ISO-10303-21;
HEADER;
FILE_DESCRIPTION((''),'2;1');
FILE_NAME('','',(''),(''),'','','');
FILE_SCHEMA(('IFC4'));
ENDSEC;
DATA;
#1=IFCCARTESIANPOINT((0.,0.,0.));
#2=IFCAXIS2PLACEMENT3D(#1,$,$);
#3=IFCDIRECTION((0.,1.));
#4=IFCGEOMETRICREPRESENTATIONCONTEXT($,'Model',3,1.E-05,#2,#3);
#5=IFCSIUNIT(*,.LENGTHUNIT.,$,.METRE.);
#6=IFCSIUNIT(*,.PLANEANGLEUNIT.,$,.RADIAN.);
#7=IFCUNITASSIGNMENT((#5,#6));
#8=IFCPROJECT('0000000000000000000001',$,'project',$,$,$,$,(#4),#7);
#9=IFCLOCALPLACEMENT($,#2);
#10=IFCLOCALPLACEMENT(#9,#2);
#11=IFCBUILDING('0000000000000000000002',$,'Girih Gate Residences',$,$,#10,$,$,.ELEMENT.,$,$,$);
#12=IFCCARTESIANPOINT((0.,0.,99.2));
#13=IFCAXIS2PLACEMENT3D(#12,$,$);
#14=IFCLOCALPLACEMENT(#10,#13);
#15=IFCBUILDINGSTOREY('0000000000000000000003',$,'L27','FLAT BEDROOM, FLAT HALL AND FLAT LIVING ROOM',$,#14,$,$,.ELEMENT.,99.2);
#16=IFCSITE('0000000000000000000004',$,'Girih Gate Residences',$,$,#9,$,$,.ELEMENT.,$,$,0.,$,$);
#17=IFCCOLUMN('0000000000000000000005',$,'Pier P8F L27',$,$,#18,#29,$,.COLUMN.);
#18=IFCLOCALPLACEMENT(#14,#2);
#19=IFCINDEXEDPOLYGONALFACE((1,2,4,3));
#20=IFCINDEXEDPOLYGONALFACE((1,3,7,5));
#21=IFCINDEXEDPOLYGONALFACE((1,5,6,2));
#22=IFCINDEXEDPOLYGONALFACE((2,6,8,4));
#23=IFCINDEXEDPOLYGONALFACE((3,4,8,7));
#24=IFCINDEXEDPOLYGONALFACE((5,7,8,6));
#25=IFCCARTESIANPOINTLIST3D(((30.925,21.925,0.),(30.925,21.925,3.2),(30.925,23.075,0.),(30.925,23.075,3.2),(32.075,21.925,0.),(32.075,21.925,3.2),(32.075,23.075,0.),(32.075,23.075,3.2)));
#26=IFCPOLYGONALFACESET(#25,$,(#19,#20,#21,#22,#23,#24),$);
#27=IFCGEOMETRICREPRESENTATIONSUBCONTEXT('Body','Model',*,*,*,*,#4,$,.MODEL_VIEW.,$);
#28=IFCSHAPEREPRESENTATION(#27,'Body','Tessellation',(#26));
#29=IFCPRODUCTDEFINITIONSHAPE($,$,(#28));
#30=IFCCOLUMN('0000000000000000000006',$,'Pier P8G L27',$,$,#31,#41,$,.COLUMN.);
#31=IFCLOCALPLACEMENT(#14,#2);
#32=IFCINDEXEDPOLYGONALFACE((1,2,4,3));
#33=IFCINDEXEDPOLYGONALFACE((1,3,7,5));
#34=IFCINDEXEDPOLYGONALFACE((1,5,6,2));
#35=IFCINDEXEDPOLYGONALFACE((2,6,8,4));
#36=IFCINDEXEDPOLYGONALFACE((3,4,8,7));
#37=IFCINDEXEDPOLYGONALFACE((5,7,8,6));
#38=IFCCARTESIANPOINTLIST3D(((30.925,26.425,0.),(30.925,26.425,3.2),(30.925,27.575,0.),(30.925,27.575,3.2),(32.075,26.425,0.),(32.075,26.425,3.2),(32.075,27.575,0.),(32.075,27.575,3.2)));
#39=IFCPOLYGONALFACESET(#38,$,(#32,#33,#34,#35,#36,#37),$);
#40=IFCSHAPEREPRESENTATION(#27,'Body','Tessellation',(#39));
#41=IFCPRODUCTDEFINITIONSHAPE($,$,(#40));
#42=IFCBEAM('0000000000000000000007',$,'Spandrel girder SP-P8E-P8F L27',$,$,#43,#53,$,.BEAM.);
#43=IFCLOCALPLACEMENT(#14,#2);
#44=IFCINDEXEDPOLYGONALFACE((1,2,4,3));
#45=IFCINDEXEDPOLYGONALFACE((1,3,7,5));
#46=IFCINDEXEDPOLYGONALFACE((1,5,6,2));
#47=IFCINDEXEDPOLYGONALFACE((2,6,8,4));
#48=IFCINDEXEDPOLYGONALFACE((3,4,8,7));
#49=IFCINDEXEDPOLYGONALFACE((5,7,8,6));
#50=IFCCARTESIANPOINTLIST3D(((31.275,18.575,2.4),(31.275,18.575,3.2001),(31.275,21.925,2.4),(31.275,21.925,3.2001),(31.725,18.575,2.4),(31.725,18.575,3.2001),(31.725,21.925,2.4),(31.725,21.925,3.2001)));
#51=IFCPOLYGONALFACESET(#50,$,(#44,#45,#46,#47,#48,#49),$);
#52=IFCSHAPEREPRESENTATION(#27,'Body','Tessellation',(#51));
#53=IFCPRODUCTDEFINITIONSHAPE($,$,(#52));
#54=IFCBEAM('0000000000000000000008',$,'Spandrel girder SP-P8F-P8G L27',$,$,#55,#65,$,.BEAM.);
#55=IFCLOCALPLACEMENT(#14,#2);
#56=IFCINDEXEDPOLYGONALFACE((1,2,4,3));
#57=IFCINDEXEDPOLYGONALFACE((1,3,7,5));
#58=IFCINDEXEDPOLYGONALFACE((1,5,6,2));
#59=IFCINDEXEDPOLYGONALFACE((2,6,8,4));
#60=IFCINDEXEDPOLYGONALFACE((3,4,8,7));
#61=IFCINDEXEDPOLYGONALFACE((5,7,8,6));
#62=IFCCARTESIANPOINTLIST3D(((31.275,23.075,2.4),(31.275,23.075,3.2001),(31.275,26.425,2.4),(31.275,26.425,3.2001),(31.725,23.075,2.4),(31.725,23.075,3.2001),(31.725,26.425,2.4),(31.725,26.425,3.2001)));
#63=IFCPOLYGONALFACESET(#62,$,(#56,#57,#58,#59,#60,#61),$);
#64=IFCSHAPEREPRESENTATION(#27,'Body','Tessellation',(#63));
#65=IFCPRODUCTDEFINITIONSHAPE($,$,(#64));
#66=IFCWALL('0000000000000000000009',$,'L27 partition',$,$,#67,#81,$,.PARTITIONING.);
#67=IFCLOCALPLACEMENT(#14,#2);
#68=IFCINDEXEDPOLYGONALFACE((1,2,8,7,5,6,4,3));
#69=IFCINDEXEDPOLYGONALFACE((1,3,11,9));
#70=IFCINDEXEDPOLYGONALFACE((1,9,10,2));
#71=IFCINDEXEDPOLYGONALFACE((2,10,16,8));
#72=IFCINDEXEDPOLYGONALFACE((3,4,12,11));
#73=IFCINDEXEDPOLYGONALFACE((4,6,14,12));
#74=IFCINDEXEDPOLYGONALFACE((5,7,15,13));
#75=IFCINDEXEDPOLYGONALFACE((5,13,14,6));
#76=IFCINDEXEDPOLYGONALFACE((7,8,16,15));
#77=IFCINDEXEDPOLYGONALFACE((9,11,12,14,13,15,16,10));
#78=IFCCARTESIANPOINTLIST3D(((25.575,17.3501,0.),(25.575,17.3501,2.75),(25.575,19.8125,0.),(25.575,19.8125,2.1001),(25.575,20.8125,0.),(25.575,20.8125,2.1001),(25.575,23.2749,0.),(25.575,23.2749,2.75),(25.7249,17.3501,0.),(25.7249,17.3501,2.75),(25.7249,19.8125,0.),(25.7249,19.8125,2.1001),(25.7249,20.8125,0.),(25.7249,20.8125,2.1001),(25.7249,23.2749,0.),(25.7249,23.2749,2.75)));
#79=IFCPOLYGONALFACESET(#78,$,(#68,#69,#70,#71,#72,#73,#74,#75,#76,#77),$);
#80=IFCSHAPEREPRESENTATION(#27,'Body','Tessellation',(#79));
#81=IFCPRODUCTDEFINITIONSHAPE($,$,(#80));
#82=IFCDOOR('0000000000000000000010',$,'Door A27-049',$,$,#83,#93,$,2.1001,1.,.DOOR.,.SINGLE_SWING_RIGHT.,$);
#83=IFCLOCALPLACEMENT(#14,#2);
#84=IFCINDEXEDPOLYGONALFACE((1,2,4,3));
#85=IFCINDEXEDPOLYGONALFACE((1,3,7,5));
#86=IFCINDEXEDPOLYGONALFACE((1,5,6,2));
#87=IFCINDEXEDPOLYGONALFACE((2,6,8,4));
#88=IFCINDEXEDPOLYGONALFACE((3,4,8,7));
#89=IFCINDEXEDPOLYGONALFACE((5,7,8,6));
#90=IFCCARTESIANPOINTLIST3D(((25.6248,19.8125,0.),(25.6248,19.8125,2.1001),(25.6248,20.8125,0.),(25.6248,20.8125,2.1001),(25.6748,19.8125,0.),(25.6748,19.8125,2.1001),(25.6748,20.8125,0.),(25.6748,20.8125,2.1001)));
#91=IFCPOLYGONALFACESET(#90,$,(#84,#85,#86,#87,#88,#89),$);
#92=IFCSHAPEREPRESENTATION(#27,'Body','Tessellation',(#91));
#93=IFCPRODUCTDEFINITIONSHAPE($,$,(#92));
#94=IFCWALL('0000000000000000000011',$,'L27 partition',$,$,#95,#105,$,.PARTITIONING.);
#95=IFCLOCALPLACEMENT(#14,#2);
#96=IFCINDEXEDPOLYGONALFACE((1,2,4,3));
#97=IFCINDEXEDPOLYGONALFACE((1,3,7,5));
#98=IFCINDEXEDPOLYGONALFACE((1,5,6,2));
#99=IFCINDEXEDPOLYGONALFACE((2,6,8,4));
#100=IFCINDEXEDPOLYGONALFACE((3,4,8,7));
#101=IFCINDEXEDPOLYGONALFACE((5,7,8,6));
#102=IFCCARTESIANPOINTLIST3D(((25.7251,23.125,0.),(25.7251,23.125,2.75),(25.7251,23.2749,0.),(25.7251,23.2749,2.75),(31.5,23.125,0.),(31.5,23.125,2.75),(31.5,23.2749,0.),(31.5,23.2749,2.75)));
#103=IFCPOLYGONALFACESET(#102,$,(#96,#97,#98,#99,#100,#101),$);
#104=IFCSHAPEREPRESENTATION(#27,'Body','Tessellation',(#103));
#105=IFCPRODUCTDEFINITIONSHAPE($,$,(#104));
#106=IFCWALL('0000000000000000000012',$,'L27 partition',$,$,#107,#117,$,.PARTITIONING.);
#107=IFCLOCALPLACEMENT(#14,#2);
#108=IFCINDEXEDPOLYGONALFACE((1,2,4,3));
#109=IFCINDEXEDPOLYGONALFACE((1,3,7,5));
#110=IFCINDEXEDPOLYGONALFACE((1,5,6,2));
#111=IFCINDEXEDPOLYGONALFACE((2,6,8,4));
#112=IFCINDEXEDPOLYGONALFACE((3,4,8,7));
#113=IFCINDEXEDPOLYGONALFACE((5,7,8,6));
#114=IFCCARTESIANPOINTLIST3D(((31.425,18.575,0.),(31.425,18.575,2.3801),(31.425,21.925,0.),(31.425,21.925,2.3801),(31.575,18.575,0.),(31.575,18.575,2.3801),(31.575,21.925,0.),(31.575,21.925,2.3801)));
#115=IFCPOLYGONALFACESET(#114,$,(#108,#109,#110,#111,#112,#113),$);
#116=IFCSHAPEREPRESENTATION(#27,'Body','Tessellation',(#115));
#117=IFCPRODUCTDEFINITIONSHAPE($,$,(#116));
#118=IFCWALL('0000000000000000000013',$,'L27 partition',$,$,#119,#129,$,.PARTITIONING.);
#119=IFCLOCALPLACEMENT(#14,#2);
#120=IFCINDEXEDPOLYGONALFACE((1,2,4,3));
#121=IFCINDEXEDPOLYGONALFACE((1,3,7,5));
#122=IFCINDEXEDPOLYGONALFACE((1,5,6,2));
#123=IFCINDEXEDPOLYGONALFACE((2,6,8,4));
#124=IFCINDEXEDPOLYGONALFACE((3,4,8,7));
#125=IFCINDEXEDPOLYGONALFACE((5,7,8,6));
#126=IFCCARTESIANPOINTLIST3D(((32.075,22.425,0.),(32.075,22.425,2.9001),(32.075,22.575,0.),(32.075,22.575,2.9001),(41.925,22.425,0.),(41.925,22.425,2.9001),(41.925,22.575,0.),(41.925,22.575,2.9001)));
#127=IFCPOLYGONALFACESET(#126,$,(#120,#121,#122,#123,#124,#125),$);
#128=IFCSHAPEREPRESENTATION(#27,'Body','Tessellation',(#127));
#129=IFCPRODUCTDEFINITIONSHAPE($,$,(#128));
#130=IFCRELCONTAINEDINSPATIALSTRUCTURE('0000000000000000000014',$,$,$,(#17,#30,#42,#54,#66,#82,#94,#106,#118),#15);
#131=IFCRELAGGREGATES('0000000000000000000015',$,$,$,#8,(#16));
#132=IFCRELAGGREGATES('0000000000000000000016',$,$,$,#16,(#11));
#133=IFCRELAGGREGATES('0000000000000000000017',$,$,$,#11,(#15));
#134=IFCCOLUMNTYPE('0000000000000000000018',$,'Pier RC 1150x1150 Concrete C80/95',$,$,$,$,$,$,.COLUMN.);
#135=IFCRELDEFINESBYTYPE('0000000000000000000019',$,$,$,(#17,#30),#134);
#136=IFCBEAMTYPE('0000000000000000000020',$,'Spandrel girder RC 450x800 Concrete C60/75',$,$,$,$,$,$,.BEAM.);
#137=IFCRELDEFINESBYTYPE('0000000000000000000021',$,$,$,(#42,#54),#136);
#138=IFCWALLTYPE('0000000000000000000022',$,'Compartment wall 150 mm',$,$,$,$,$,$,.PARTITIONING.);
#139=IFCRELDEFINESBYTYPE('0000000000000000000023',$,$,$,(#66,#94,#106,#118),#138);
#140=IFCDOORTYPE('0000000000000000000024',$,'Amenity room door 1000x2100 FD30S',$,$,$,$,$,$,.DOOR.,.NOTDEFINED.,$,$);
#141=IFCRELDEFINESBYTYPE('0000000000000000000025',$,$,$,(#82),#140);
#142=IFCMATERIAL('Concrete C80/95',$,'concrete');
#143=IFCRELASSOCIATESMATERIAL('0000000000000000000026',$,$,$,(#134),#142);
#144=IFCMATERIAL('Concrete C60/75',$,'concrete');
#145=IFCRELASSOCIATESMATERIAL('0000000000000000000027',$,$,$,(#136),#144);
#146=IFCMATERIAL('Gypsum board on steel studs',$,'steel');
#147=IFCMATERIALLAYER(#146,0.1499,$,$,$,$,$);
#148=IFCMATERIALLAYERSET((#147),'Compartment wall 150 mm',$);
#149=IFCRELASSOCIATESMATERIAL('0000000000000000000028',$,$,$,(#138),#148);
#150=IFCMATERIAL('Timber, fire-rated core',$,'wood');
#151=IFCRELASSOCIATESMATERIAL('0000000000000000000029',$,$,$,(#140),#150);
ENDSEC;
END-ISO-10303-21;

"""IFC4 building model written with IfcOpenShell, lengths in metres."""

from ifc_helpers import new_model, si_unit, direction, frame, frame_2d, origin, origin_2d, place, context, subcontext, project, spatial, rectangle, extrude, material, layer, layer_set, material_profile, profile_set, type_object, element, fill, save


model = new_model("IFC4")

# Units and contexts
model_context = context("Model", 3, precision=1e-05, world=origin(), true_north=direction((0.0, 1.0)))
body_context = subcontext(model_context, "Body", "Model", "MODEL_VIEW")
ifc_project = project(units=[si_unit("LENGTHUNIT", "METRE"), si_unit("PLANEANGLEUNIT", "RADIAN")], contexts=[model_context])

# Site, building, storey
site_placement = place(None, origin())
site = spatial("IfcSite", under=ifc_project, at=site_placement, Name="Girih Gate Residences", CompositionType="ELEMENT", RefElevation=0.0)
building_placement = place(site_placement, origin())
building = spatial("IfcBuilding", under=site, at=building_placement, Name="Girih Gate Residences", CompositionType="ELEMENT")
storey_placement = place(building_placement, frame((0.0, 0.0, 99.2)))
storey = spatial("IfcBuildingStorey", under=building, at=storey_placement, Name="L27", Description="FLAT BEDROOM, FLAT HALL AND FLAT LIVING ROOM", CompositionType="ELEMENT", Elevation=99.2)

# Columns
ifc_material_1 = material(Name="Concrete C80/95", Category="concrete")
ifc_material_profile_1 = material_profile(ifc_material_1, rectangle(XDim=1.1499, YDim=1.1499, at=origin_2d()))
ifc_profile_set_1 = profile_set([ifc_material_profile_1], Name="Concrete C80/95")
column_type = type_object("IfcColumnType", Name="Pier RC 1150x1150 Concrete C80/95", PredefinedType="COLUMN", material=ifc_profile_set_1)
for number, where, z_axis, x_axis, name in (
    (1, (31.5, 22.5, 0.0), (0.0, 0.0, 1.0), (1.0, 0.0, 0.0), "Pier P8F L27"),
    (2, (31.5, 27.0, 0.0), (0.0, 0.0, 1.0), (1.0, 0.0, 0.0), "Pier P8G L27"),
):
    element("IfcColumn", number, at=place(storey_placement, frame(where, z_axis=z_axis, x_axis=x_axis)), inside=storey, type_object=column_type, Name=name, PredefinedType="COLUMN", context=body_context, shape_type="SweptSolid", body=[
        extrude(rectangle(XDim=1.1499, YDim=1.1499, at=origin_2d()), origin(), (0.0, 0.0, 1.0), 3.2),
    ])

# Beams
ifc_material_2 = material(Name="Concrete C60/75", Category="concrete")
ifc_material_profile_2 = material_profile(ifc_material_2, rectangle(XDim=0.45, YDim=0.8, at=origin_2d()))
ifc_profile_set_2 = profile_set([ifc_material_profile_2], Name="Concrete C60/75")
beam_type = type_object("IfcBeamType", Name="Spandrel girder RC 450x800 Concrete C60/75", PredefinedType="BEAM", material=ifc_profile_set_2)
for number, where, z_axis, x_axis, name in (
    (3, (31.5, 18.575, 2.8), (0.0, 1.0, 0.0), (-1.0, 0.0, 0.0), "Spandrel girder SP-P8E-P8F L27"),
    (4, (31.5, 23.075, 2.8), (0.0, 1.0, 0.0), (-1.0, 0.0, 0.0), "Spandrel girder SP-P8F-P8G L27"),
):
    element("IfcBeam", number, at=place(storey_placement, frame(where, z_axis=z_axis, x_axis=x_axis)), inside=storey, type_object=beam_type, Name=name, PredefinedType="BEAM", context=body_context, shape_type="SweptSolid", body=[
        extrude(rectangle(XDim=0.45, YDim=0.8, at=origin_2d()), origin(), (0.0, 0.0, 1.0), 3.3501),
    ])

# Wall, opening, door
ifc_material_3 = material(Name="Gypsum board on steel studs", Category="steel")
ifc_layer_1 = layer(ifc_material_3, 0.1499)
ifc_layer_set_1 = layer_set([ifc_layer_1], Name="Compartment wall 150 mm")
wall_type_1 = type_object("IfcWallType", Name="Compartment wall 150 mm", PredefinedType="PARTITIONING", material=ifc_layer_set_1)
wall_1_placement = place(storey_placement, frame((25.6499, 23.2749, 0.0), z_axis=(0.0, 0.0, 1.0), x_axis=(0.0, -1.0, 0.0)))
wall_1 = element("IfcWall", 5, at=wall_1_placement, inside=storey, type_object=wall_type_1, Name="L27 partition", PredefinedType="PARTITIONING", context=body_context, shape_type="SweptSolid", body=[
    extrude(rectangle(XDim=5.9248, YDim=0.1499, at=frame_2d((2.9624, 0.0))), origin(), (0.0, 0.0, 1.0), 2.75),
])
opening_1_placement = place(wall_1_placement, frame((2.4624, 0.0, 0.0)))
opening_1 = element("IfcOpeningElement", 6, at=opening_1_placement, cuts=wall_1, PredefinedType="OPENING", context=body_context, shape_type="SweptSolid", body=[
    extrude(rectangle(XDim=1.0, YDim=2.1001, at=frame_2d((0.5, 1.05))), frame((0.0, 0.085, 0.0), z_axis=(0.0, -1.0, 0.0), x_axis=(1.0, 0.0, 0.0)), (0.0, 0.0, 1.0), 0.1699),
])
ifc_material_4 = material(Name="Timber, fire-rated core", Category="wood")
door_type_1 = type_object("IfcDoorType", Name="Amenity room door 1000x2100 FD30S", OperationType="NOTDEFINED", PredefinedType="DOOR", material=ifc_material_4)
door_1_placement = place(opening_1_placement, origin())
door_1 = element("IfcDoor", 7, at=door_1_placement, inside=storey, type_object=door_type_1, Name="Door A27-049", OperationType="SINGLE_SWING_RIGHT", OverallHeight=2.1001, OverallWidth=1.0, PredefinedType="DOOR", context=body_context, shape_type="SweptSolid", body=[
    extrude(rectangle(XDim=1.0, YDim=2.1001, at=frame_2d((0.5, 1.05))), frame((0.0, 0.0249, 0.0), z_axis=(0.0, -1.0, 0.0), x_axis=(1.0, 0.0, 0.0)), (0.0, 0.0, 1.0), 0.05),
])
fill(opening_1, door_1)

# Walls
wall_2_placement = place(storey_placement, frame((25.7251, 23.2, 0.0), z_axis=(0.0, 0.0, 1.0), x_axis=(1.0, 0.0, 0.0)))
element("IfcWall", 8, at=wall_2_placement, inside=storey, type_object=wall_type_1, Name="L27 partition", PredefinedType="PARTITIONING", context=body_context, shape_type="SweptSolid", body=[
    extrude(rectangle(XDim=5.7749, YDim=0.1499, at=frame_2d((2.8875, 0.0))), origin(), (0.0, 0.0, 1.0), 2.75),
])
wall_3_placement = place(storey_placement, frame((31.5, 18.575, 0.0), z_axis=(0.0, 0.0, 1.0), x_axis=(0.0, 1.0, 0.0)))
element("IfcWall", 9, at=wall_3_placement, inside=storey, type_object=wall_type_1, Name="L27 partition", PredefinedType="PARTITIONING", context=body_context, shape_type="SweptSolid", body=[
    extrude(rectangle(XDim=3.3501, YDim=0.1499, at=frame_2d((1.675, 0.0))), origin(), (0.0, 0.0, 1.0), 2.3801),
])
wall_4_placement = place(storey_placement, frame((32.075, 22.5, 0.0), z_axis=(0.0, 0.0, 1.0), x_axis=(1.0, 0.0, 0.0)))
element("IfcWall", 10, at=wall_4_placement, inside=storey, type_object=wall_type_1, Name="L27 partition", PredefinedType="PARTITIONING", context=body_context, shape_type="SweptSolid", body=[
    extrude(rectangle(XDim=9.8501, YDim=0.1499, at=frame_2d((4.925, 0.0))), origin(), (0.0, 0.0, 1.0), 2.9001),
])

save(model, "model.ifc")
